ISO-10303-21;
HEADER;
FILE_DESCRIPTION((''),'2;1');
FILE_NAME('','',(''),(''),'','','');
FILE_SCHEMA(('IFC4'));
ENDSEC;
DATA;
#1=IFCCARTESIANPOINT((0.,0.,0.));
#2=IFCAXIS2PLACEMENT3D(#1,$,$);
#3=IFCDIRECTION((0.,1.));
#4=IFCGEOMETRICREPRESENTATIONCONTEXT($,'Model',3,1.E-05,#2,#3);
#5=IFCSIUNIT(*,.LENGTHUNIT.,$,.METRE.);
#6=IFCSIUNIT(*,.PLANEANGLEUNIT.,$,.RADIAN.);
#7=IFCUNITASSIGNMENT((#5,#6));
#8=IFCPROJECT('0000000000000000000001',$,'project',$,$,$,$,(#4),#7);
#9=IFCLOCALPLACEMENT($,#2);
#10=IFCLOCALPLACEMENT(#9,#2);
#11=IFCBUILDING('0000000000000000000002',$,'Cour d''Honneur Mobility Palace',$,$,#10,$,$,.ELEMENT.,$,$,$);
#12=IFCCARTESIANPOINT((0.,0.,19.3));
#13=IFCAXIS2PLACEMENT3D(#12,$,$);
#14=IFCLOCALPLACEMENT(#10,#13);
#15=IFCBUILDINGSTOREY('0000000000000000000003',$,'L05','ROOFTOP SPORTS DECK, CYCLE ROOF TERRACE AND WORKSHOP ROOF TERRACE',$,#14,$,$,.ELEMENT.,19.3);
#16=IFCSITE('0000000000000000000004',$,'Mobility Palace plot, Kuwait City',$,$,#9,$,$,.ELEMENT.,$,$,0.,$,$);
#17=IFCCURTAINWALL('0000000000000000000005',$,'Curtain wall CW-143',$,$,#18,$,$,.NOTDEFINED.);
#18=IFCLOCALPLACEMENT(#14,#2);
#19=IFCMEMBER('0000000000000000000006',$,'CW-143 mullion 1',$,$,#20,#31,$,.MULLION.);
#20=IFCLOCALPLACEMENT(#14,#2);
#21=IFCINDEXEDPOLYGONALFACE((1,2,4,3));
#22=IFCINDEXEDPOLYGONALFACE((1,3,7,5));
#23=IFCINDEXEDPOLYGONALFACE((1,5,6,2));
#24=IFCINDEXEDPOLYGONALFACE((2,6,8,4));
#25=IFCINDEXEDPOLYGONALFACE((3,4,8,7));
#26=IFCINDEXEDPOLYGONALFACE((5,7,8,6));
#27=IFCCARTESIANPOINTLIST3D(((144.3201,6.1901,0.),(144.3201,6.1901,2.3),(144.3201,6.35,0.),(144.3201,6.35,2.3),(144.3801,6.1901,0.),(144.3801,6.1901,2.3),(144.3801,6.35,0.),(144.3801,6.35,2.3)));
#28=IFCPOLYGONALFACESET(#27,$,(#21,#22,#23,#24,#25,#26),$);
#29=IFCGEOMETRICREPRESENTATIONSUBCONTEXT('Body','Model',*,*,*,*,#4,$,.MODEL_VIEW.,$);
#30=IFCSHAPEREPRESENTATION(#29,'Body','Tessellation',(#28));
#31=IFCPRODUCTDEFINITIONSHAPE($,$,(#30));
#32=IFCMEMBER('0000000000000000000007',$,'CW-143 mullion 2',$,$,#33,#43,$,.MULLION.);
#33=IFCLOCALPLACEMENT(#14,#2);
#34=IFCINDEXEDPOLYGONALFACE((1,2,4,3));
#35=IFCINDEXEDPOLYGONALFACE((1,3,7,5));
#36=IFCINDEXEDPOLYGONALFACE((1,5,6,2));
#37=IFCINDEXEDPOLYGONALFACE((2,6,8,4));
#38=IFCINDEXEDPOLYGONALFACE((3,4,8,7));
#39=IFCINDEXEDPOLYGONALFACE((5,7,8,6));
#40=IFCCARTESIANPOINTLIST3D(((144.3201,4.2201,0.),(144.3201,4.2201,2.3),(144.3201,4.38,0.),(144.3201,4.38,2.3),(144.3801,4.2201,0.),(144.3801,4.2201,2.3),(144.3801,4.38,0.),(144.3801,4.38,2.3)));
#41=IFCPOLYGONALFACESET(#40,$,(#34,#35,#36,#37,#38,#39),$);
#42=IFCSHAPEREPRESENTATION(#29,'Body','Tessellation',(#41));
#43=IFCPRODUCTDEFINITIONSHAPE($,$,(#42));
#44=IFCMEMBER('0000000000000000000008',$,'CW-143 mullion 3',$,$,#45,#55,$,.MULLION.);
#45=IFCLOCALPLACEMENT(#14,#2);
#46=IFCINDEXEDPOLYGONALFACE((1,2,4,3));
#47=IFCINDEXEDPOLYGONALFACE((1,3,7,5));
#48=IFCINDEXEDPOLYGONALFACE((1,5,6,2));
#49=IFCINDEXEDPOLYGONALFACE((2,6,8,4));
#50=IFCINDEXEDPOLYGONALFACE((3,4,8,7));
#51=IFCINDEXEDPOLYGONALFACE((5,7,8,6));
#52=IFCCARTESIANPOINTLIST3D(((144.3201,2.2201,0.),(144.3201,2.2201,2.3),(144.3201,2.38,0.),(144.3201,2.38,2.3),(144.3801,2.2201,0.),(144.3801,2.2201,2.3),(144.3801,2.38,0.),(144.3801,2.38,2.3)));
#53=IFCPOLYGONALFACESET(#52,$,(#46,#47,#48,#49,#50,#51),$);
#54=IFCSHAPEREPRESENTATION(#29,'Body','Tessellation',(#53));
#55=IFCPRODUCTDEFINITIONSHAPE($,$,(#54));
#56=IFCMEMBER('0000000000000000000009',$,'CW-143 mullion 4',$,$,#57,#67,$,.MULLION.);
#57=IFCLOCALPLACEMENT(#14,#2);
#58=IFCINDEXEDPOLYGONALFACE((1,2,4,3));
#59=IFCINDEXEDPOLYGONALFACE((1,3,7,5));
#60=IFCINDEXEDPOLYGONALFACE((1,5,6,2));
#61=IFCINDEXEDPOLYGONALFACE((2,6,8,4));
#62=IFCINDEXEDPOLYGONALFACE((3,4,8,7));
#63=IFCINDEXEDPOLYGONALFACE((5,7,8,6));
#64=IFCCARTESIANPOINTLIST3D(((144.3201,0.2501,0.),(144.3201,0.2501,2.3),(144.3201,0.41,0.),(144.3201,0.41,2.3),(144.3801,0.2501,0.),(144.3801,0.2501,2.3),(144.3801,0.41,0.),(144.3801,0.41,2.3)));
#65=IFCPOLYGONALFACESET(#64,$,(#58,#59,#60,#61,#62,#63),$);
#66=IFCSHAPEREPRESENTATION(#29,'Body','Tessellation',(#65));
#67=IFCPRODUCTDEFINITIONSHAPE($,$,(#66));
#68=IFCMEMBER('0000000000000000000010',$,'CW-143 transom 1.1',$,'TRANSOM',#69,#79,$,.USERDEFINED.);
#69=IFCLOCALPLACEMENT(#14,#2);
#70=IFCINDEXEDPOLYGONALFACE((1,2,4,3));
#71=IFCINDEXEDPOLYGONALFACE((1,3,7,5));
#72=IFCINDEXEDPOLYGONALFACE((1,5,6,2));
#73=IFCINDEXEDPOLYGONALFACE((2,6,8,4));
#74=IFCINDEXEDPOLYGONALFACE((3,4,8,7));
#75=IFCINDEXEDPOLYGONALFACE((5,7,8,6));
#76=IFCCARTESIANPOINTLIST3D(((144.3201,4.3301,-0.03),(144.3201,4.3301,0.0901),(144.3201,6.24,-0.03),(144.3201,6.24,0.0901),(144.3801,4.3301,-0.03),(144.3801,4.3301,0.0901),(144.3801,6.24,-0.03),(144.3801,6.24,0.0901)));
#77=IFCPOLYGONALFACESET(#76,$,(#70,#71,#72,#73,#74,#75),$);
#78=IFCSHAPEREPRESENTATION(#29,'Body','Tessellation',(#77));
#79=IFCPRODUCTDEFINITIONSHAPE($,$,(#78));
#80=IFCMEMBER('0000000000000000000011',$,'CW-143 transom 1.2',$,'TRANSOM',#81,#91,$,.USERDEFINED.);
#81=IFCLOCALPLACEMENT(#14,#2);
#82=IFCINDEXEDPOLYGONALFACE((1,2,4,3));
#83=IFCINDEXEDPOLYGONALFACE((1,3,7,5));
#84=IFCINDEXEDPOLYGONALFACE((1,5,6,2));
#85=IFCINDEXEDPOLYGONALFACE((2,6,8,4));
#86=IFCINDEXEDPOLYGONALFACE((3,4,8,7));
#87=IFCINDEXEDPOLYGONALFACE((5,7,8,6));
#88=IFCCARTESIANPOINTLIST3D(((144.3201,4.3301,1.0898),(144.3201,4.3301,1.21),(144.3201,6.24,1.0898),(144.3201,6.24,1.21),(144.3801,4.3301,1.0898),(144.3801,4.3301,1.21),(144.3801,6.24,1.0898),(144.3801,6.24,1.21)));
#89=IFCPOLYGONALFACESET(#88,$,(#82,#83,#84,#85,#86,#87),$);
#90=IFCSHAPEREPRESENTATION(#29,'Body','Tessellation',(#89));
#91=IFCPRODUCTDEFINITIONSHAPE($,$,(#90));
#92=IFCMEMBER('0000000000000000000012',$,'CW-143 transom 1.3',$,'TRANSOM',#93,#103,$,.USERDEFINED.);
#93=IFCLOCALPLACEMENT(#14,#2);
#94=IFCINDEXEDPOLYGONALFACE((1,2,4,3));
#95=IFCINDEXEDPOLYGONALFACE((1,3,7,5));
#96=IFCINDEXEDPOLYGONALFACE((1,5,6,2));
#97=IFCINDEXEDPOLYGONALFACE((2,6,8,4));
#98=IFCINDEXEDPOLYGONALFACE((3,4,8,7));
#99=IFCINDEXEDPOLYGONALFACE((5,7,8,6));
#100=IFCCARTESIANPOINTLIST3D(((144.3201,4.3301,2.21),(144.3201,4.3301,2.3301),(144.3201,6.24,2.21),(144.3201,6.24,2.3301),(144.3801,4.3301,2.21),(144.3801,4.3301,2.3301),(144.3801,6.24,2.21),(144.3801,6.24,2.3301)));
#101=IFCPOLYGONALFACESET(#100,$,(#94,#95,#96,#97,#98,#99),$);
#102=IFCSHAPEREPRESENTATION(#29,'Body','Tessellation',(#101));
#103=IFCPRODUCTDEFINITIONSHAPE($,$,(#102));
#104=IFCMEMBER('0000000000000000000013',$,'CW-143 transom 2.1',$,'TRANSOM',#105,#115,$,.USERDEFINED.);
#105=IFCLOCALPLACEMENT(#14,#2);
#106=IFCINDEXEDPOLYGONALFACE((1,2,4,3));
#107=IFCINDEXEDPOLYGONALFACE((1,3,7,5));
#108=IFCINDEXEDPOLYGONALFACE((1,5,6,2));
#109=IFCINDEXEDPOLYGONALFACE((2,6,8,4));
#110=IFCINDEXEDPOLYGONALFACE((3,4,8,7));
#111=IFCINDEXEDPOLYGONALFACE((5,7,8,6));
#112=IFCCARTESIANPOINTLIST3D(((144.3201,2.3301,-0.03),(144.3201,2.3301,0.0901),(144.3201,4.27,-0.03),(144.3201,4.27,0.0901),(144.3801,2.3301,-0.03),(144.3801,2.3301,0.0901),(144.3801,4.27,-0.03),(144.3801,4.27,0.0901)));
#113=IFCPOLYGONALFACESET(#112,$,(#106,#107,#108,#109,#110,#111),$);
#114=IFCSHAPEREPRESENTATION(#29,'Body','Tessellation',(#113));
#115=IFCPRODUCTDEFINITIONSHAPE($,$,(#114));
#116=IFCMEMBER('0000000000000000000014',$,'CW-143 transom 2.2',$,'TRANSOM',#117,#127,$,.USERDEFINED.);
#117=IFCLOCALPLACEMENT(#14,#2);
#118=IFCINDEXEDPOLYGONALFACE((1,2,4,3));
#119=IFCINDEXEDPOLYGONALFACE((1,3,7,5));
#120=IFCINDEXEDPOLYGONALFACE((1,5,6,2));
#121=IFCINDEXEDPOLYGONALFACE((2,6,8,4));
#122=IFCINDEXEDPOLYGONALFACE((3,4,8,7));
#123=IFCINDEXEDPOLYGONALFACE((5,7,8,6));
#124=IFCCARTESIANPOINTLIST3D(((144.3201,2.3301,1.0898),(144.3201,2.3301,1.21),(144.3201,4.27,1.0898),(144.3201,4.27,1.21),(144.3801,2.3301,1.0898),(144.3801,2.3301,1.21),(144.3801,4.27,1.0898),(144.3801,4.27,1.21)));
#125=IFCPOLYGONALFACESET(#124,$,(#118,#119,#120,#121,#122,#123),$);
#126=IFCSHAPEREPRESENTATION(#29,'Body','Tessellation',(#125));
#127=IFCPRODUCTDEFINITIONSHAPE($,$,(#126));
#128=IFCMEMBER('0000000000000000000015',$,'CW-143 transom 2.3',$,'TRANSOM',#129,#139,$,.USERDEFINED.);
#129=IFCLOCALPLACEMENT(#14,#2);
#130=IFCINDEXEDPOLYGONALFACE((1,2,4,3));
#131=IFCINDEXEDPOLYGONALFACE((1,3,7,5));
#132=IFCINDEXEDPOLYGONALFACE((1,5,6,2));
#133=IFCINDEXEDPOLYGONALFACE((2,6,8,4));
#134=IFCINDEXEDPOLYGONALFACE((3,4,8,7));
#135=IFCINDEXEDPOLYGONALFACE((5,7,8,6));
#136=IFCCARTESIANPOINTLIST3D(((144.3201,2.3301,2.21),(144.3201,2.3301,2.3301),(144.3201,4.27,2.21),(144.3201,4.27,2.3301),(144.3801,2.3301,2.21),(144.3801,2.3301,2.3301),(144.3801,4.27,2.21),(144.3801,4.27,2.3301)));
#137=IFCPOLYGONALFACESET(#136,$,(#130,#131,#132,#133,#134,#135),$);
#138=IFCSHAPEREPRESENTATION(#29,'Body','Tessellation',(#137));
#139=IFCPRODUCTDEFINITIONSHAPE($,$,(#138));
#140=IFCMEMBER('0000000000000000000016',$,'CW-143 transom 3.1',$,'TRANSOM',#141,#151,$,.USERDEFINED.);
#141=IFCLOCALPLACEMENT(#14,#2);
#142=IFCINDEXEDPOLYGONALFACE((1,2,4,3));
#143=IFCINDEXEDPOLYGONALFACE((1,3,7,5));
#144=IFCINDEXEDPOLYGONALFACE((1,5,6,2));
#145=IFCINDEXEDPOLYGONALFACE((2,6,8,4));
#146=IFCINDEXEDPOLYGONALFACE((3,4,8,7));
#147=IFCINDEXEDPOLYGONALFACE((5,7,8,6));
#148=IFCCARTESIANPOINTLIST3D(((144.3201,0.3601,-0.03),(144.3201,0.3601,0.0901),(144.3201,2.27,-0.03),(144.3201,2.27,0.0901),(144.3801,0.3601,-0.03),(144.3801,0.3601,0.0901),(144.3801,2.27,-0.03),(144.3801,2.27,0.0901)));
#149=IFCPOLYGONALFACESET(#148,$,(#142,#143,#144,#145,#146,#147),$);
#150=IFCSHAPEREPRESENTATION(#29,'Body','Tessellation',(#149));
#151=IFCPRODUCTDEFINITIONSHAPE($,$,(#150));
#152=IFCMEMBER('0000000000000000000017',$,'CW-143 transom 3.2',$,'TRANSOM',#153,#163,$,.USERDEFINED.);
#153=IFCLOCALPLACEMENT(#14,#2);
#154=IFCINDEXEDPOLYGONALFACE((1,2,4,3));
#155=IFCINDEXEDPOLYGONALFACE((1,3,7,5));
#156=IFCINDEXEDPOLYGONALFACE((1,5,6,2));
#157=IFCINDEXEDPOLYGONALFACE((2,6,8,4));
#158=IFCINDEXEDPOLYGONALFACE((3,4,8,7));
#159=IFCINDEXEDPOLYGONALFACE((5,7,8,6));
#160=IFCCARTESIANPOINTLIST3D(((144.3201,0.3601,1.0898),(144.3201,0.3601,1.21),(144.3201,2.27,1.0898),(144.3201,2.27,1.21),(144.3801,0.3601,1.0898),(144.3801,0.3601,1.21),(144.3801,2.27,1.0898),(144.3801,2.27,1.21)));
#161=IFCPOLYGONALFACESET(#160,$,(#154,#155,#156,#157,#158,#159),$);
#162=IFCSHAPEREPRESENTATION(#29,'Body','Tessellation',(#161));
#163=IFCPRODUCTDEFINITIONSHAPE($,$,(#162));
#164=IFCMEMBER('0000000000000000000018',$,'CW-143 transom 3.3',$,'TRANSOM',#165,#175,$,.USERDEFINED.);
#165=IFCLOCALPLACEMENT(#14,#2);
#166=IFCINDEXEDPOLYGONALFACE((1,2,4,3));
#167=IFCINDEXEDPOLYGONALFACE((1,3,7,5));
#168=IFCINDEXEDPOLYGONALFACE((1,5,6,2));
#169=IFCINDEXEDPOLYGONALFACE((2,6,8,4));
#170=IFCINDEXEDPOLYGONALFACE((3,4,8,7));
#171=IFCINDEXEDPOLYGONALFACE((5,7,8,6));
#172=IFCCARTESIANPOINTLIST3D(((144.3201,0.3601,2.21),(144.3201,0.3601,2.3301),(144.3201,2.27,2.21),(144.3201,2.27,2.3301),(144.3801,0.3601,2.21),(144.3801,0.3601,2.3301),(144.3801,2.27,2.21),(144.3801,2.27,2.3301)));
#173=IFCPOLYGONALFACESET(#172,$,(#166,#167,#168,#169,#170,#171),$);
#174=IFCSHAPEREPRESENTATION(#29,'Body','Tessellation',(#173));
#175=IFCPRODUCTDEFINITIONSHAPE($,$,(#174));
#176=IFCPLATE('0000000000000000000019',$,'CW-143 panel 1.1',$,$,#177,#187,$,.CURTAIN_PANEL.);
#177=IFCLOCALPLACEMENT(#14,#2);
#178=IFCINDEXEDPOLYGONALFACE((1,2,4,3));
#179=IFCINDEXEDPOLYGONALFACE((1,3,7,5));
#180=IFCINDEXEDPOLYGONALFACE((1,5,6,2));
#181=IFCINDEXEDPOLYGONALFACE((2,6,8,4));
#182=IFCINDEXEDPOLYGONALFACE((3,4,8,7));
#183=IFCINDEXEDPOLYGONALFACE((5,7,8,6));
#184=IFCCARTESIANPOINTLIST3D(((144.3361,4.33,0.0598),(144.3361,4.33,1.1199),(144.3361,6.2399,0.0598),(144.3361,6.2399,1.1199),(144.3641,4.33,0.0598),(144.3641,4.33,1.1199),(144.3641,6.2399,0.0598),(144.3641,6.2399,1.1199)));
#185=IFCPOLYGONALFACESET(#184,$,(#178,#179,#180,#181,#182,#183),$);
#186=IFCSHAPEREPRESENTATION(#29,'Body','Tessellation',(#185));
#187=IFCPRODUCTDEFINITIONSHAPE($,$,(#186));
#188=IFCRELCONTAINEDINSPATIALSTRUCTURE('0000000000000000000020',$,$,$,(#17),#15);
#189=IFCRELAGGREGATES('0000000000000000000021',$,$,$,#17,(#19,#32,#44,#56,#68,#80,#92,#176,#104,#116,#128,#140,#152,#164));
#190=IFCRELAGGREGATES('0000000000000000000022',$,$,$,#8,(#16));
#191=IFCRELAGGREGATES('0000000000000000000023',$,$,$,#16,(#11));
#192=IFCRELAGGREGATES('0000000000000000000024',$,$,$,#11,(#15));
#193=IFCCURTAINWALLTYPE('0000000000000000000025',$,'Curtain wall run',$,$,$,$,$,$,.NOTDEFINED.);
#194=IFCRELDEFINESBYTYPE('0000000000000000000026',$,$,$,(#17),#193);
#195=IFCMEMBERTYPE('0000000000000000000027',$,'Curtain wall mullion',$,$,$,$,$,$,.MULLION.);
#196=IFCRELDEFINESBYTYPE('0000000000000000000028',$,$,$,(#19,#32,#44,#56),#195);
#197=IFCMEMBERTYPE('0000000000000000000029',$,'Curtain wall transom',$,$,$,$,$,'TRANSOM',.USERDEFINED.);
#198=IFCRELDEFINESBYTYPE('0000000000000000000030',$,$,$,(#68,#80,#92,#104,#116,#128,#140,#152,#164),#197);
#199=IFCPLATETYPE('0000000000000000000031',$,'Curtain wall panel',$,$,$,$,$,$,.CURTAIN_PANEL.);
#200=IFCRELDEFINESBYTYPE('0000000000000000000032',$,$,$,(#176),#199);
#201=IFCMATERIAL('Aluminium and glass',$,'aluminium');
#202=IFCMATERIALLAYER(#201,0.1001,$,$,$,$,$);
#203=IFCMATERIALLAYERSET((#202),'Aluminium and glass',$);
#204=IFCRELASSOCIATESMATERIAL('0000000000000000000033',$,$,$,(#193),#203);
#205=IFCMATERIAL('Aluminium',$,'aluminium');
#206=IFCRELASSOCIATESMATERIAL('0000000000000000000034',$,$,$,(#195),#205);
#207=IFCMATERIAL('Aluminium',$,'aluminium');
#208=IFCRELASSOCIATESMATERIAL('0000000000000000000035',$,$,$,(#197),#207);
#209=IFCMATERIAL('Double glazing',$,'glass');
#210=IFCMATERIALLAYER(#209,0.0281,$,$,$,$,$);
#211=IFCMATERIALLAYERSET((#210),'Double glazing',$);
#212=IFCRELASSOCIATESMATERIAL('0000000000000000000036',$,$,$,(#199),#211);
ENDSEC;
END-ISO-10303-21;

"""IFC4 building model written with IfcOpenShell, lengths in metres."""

from ifc_helpers import new_model, si_unit, direction, frame, origin, origin_2d, place, context, subcontext, project, spatial, rectangle, extrude, material, layer, layer_set, material_profile, profile_set, type_object, element, aggregate, save


model = new_model("IFC4")

# Units and contexts
model_context = context("Model", 3, precision=1e-05, world=origin(), true_north=direction((0.0, 1.0)))
body_context = subcontext(model_context, "Body", "Model", "MODEL_VIEW")
ifc_project = project(units=[si_unit("LENGTHUNIT", "METRE"), si_unit("PLANEANGLEUNIT", "RADIAN")], contexts=[model_context])

# Site, building, storey
site_placement = place(None, origin())
site = spatial("IfcSite", under=ifc_project, at=site_placement, Name="Mobility Palace plot, Kuwait City", CompositionType="ELEMENT", RefElevation=0.0)
building_placement = place(site_placement, origin())
building = spatial("IfcBuilding", under=site, at=building_placement, Name="Cour d'Honneur Mobility Palace", CompositionType="ELEMENT")
storey_placement = place(building_placement, frame((0.0, 0.0, 19.3)))
storey = spatial("IfcBuildingStorey", under=building, at=storey_placement, Name="L05", Description="ROOFTOP SPORTS DECK, CYCLE ROOF TERRACE AND WORKSHOP ROOF TERRACE", CompositionType="ELEMENT", Elevation=19.3)

# Curtain wall, members, plate
ifc_material_1 = material(Name="Aluminium and glass", Category="aluminium")
ifc_layer_1 = layer(ifc_material_1, 0.1001)
ifc_layer_set_1 = layer_set([ifc_layer_1], Name="Aluminium and glass")
curtain_wall_type = type_object("IfcCurtainWallType", Name="Curtain wall run", PredefinedType="NOTDEFINED", material=ifc_layer_set_1)
curtain_wall_placement = place(storey_placement, origin())
curtain_wall = element("IfcCurtainWall", 1, at=curtain_wall_placement, inside=storey, type_object=curtain_wall_type, Name="Curtain wall CW-143", PredefinedType="NOTDEFINED")
ifc_material_2 = material(Name="Aluminium", Category="aluminium")
ifc_material_profile_1 = material_profile(ifc_material_2, rectangle(XDim=0.0601, YDim=0.1599, at=origin_2d()), Name="Curtain wall mullion")
ifc_profile_set_1 = profile_set([ifc_material_profile_1], Name="Aluminium")
member_type_1 = type_object("IfcMemberType", Name="Curtain wall mullion", PredefinedType="MULLION", material=ifc_profile_set_1)
member_1_placement = place(storey_placement, frame((144.3501, 6.27, 0.0), z_axis=(0.0, 0.0, 1.0), x_axis=(1.0, 0.0, 0.0)))
member_1 = element("IfcMember", 2, at=member_1_placement, type_object=member_type_1, Name="CW-143 mullion 1", PredefinedType="MULLION", context=body_context, shape_type="SweptSolid", body=[
    extrude(rectangle(XDim=0.0601, YDim=0.1599, at=origin_2d()), origin(), (0.0, 0.0, 1.0), 2.3),
])
member_2_placement = place(storey_placement, frame((144.3501, 4.3, 0.0), z_axis=(0.0, 0.0, 1.0), x_axis=(1.0, 0.0, 0.0)))
member_2 = element("IfcMember", 3, at=member_2_placement, type_object=member_type_1, Name="CW-143 mullion 2", PredefinedType="MULLION", context=body_context, shape_type="SweptSolid", body=[
    extrude(rectangle(XDim=0.0601, YDim=0.1599, at=origin_2d()), origin(), (0.0, 0.0, 1.0), 2.3),
])
member_3_placement = place(storey_placement, frame((144.3501, 2.3, 0.0), z_axis=(0.0, 0.0, 1.0), x_axis=(1.0, 0.0, 0.0)))
member_3 = element("IfcMember", 4, at=member_3_placement, type_object=member_type_1, Name="CW-143 mullion 3", PredefinedType="MULLION", context=body_context, shape_type="SweptSolid", body=[
    extrude(rectangle(XDim=0.0601, YDim=0.1599, at=origin_2d()), origin(), (0.0, 0.0, 1.0), 2.3),
])
member_4_placement = place(storey_placement, frame((144.3501, 0.3301, 0.0), z_axis=(0.0, 0.0, 1.0), x_axis=(1.0, 0.0, 0.0)))
member_4 = element("IfcMember", 5, at=member_4_placement, type_object=member_type_1, Name="CW-143 mullion 4", PredefinedType="MULLION", context=body_context, shape_type="SweptSolid", body=[
    extrude(rectangle(XDim=0.0601, YDim=0.1599, at=origin_2d()), origin(), (0.0, 0.0, 1.0), 2.3),
])
ifc_material_3 = material(Name="Aluminium", Category="aluminium")
ifc_material_profile_2 = material_profile(ifc_material_3, rectangle(XDim=0.0601, YDim=0.1201, at=origin_2d()), Name="Curtain wall transom")
ifc_profile_set_2 = profile_set([ifc_material_profile_2], Name="Aluminium")
member_type_2 = type_object("IfcMemberType", Name="Curtain wall transom", ElementType="TRANSOM", PredefinedType="USERDEFINED", material=ifc_profile_set_2)
member_5_placement = place(storey_placement, frame((144.3501, 6.24, 0.03), z_axis=(0.0, -1.0, 0.0), x_axis=(1.0, 0.0, 0.0)))
member_5 = element("IfcMember", 6, at=member_5_placement, type_object=member_type_2, Name="CW-143 transom 1.1", ObjectType="TRANSOM", PredefinedType="USERDEFINED", context=body_context, shape_type="SweptSolid", body=[
    extrude(rectangle(XDim=0.0601, YDim=0.1201, at=origin_2d()), origin(), (0.0, 0.0, 1.0), 1.9099),
])
member_6_placement = place(storey_placement, frame((144.3501, 6.24, 1.1499), z_axis=(0.0, -1.0, 0.0), x_axis=(1.0, 0.0, 0.0)))
member_6 = element("IfcMember", 7, at=member_6_placement, type_object=member_type_2, Name="CW-143 transom 1.2", ObjectType="TRANSOM", PredefinedType="USERDEFINED", context=body_context, shape_type="SweptSolid", body=[
    extrude(rectangle(XDim=0.0601, YDim=0.1201, at=origin_2d()), origin(), (0.0, 0.0, 1.0), 1.9099),
])
member_7_placement = place(storey_placement, frame((144.3501, 6.24, 2.27), z_axis=(0.0, -1.0, 0.0), x_axis=(1.0, 0.0, 0.0)))
member_7 = element("IfcMember", 8, at=member_7_placement, type_object=member_type_2, Name="CW-143 transom 1.3", ObjectType="TRANSOM", PredefinedType="USERDEFINED", context=body_context, shape_type="SweptSolid", body=[
    extrude(rectangle(XDim=0.0601, YDim=0.1201, at=origin_2d()), origin(), (0.0, 0.0, 1.0), 1.9099),
])
member_8_placement = place(storey_placement, frame((144.3501, 4.27, 0.03), z_axis=(0.0, -1.0, 0.0), x_axis=(1.0, 0.0, 0.0)))
member_8 = element("IfcMember", 9, at=member_8_placement, type_object=member_type_2, Name="CW-143 transom 2.1", ObjectType="TRANSOM", PredefinedType="USERDEFINED", context=body_context, shape_type="SweptSolid", body=[
    extrude(rectangle(XDim=0.0601, YDim=0.1201, at=origin_2d()), origin(), (0.0, 0.0, 1.0), 1.9399),
])
member_9_placement = place(storey_placement, frame((144.3501, 4.27, 1.1499), z_axis=(0.0, -1.0, 0.0), x_axis=(1.0, 0.0, 0.0)))
member_9 = element("IfcMember", 10, at=member_9_placement, type_object=member_type_2, Name="CW-143 transom 2.2", ObjectType="TRANSOM", PredefinedType="USERDEFINED", context=body_context, shape_type="SweptSolid", body=[
    extrude(rectangle(XDim=0.0601, YDim=0.1201, at=origin_2d()), origin(), (0.0, 0.0, 1.0), 1.9399),
])
member_10_placement = place(storey_placement, frame((144.3501, 4.27, 2.27), z_axis=(0.0, -1.0, 0.0), x_axis=(1.0, 0.0, 0.0)))
member_10 = element("IfcMember", 11, at=member_10_placement, type_object=member_type_2, Name="CW-143 transom 2.3", ObjectType="TRANSOM", PredefinedType="USERDEFINED", context=body_context, shape_type="SweptSolid", body=[
    extrude(rectangle(XDim=0.0601, YDim=0.1201, at=origin_2d()), origin(), (0.0, 0.0, 1.0), 1.9399),
])
member_11_placement = place(storey_placement, frame((144.3501, 2.27, 0.03), z_axis=(0.0, -1.0, 0.0), x_axis=(1.0, 0.0, 0.0)))
member_11 = element("IfcMember", 12, at=member_11_placement, type_object=member_type_2, Name="CW-143 transom 3.1", ObjectType="TRANSOM", PredefinedType="USERDEFINED", context=body_context, shape_type="SweptSolid", body=[
    extrude(rectangle(XDim=0.0601, YDim=0.1201, at=origin_2d()), origin(), (0.0, 0.0, 1.0), 1.9099),
])
member_12_placement = place(storey_placement, frame((144.3501, 2.27, 1.1499), z_axis=(0.0, -1.0, 0.0), x_axis=(1.0, 0.0, 0.0)))
member_12 = element("IfcMember", 13, at=member_12_placement, type_object=member_type_2, Name="CW-143 transom 3.2", ObjectType="TRANSOM", PredefinedType="USERDEFINED", context=body_context, shape_type="SweptSolid", body=[
    extrude(rectangle(XDim=0.0601, YDim=0.1201, at=origin_2d()), origin(), (0.0, 0.0, 1.0), 1.9099),
])
member_13_placement = place(storey_placement, frame((144.3501, 2.27, 2.27), z_axis=(0.0, -1.0, 0.0), x_axis=(1.0, 0.0, 0.0)))
member_13 = element("IfcMember", 14, at=member_13_placement, type_object=member_type_2, Name="CW-143 transom 3.3", ObjectType="TRANSOM", PredefinedType="USERDEFINED", context=body_context, shape_type="SweptSolid", body=[
    extrude(rectangle(XDim=0.0601, YDim=0.1201, at=origin_2d()), origin(), (0.0, 0.0, 1.0), 1.9099),
])
ifc_material_4 = material(Name="Double glazing", Category="glass")
ifc_layer_2 = layer(ifc_material_4, 0.0281)
ifc_layer_set_2 = layer_set([ifc_layer_2], Name="Double glazing")
plate_type = type_object("IfcPlateType", Name="Curtain wall panel", PredefinedType="CURTAIN_PANEL", material=ifc_layer_set_2)
plate_1_placement = place(storey_placement, frame((144.3501, 5.2849, 0.0598), z_axis=(0.0, 0.0, 1.0), x_axis=(0.0, -1.0, 0.0)))
plate_1 = element("IfcPlate", 15, at=plate_1_placement, type_object=plate_type, Name="CW-143 panel 1.1", PredefinedType="CURTAIN_PANEL", context=body_context, shape_type="SweptSolid", body=[
    extrude(rectangle(XDim=1.9099, YDim=0.0281, at=origin_2d()), origin(), (0.0, 0.0, 1.0), 1.0601),
])
aggregate(curtain_wall, [member_1, member_2, member_3, member_4, member_5, member_6, member_7, plate_1, member_8, member_9, member_10, member_11, member_12, member_13])

save(model, "model.ifc")
